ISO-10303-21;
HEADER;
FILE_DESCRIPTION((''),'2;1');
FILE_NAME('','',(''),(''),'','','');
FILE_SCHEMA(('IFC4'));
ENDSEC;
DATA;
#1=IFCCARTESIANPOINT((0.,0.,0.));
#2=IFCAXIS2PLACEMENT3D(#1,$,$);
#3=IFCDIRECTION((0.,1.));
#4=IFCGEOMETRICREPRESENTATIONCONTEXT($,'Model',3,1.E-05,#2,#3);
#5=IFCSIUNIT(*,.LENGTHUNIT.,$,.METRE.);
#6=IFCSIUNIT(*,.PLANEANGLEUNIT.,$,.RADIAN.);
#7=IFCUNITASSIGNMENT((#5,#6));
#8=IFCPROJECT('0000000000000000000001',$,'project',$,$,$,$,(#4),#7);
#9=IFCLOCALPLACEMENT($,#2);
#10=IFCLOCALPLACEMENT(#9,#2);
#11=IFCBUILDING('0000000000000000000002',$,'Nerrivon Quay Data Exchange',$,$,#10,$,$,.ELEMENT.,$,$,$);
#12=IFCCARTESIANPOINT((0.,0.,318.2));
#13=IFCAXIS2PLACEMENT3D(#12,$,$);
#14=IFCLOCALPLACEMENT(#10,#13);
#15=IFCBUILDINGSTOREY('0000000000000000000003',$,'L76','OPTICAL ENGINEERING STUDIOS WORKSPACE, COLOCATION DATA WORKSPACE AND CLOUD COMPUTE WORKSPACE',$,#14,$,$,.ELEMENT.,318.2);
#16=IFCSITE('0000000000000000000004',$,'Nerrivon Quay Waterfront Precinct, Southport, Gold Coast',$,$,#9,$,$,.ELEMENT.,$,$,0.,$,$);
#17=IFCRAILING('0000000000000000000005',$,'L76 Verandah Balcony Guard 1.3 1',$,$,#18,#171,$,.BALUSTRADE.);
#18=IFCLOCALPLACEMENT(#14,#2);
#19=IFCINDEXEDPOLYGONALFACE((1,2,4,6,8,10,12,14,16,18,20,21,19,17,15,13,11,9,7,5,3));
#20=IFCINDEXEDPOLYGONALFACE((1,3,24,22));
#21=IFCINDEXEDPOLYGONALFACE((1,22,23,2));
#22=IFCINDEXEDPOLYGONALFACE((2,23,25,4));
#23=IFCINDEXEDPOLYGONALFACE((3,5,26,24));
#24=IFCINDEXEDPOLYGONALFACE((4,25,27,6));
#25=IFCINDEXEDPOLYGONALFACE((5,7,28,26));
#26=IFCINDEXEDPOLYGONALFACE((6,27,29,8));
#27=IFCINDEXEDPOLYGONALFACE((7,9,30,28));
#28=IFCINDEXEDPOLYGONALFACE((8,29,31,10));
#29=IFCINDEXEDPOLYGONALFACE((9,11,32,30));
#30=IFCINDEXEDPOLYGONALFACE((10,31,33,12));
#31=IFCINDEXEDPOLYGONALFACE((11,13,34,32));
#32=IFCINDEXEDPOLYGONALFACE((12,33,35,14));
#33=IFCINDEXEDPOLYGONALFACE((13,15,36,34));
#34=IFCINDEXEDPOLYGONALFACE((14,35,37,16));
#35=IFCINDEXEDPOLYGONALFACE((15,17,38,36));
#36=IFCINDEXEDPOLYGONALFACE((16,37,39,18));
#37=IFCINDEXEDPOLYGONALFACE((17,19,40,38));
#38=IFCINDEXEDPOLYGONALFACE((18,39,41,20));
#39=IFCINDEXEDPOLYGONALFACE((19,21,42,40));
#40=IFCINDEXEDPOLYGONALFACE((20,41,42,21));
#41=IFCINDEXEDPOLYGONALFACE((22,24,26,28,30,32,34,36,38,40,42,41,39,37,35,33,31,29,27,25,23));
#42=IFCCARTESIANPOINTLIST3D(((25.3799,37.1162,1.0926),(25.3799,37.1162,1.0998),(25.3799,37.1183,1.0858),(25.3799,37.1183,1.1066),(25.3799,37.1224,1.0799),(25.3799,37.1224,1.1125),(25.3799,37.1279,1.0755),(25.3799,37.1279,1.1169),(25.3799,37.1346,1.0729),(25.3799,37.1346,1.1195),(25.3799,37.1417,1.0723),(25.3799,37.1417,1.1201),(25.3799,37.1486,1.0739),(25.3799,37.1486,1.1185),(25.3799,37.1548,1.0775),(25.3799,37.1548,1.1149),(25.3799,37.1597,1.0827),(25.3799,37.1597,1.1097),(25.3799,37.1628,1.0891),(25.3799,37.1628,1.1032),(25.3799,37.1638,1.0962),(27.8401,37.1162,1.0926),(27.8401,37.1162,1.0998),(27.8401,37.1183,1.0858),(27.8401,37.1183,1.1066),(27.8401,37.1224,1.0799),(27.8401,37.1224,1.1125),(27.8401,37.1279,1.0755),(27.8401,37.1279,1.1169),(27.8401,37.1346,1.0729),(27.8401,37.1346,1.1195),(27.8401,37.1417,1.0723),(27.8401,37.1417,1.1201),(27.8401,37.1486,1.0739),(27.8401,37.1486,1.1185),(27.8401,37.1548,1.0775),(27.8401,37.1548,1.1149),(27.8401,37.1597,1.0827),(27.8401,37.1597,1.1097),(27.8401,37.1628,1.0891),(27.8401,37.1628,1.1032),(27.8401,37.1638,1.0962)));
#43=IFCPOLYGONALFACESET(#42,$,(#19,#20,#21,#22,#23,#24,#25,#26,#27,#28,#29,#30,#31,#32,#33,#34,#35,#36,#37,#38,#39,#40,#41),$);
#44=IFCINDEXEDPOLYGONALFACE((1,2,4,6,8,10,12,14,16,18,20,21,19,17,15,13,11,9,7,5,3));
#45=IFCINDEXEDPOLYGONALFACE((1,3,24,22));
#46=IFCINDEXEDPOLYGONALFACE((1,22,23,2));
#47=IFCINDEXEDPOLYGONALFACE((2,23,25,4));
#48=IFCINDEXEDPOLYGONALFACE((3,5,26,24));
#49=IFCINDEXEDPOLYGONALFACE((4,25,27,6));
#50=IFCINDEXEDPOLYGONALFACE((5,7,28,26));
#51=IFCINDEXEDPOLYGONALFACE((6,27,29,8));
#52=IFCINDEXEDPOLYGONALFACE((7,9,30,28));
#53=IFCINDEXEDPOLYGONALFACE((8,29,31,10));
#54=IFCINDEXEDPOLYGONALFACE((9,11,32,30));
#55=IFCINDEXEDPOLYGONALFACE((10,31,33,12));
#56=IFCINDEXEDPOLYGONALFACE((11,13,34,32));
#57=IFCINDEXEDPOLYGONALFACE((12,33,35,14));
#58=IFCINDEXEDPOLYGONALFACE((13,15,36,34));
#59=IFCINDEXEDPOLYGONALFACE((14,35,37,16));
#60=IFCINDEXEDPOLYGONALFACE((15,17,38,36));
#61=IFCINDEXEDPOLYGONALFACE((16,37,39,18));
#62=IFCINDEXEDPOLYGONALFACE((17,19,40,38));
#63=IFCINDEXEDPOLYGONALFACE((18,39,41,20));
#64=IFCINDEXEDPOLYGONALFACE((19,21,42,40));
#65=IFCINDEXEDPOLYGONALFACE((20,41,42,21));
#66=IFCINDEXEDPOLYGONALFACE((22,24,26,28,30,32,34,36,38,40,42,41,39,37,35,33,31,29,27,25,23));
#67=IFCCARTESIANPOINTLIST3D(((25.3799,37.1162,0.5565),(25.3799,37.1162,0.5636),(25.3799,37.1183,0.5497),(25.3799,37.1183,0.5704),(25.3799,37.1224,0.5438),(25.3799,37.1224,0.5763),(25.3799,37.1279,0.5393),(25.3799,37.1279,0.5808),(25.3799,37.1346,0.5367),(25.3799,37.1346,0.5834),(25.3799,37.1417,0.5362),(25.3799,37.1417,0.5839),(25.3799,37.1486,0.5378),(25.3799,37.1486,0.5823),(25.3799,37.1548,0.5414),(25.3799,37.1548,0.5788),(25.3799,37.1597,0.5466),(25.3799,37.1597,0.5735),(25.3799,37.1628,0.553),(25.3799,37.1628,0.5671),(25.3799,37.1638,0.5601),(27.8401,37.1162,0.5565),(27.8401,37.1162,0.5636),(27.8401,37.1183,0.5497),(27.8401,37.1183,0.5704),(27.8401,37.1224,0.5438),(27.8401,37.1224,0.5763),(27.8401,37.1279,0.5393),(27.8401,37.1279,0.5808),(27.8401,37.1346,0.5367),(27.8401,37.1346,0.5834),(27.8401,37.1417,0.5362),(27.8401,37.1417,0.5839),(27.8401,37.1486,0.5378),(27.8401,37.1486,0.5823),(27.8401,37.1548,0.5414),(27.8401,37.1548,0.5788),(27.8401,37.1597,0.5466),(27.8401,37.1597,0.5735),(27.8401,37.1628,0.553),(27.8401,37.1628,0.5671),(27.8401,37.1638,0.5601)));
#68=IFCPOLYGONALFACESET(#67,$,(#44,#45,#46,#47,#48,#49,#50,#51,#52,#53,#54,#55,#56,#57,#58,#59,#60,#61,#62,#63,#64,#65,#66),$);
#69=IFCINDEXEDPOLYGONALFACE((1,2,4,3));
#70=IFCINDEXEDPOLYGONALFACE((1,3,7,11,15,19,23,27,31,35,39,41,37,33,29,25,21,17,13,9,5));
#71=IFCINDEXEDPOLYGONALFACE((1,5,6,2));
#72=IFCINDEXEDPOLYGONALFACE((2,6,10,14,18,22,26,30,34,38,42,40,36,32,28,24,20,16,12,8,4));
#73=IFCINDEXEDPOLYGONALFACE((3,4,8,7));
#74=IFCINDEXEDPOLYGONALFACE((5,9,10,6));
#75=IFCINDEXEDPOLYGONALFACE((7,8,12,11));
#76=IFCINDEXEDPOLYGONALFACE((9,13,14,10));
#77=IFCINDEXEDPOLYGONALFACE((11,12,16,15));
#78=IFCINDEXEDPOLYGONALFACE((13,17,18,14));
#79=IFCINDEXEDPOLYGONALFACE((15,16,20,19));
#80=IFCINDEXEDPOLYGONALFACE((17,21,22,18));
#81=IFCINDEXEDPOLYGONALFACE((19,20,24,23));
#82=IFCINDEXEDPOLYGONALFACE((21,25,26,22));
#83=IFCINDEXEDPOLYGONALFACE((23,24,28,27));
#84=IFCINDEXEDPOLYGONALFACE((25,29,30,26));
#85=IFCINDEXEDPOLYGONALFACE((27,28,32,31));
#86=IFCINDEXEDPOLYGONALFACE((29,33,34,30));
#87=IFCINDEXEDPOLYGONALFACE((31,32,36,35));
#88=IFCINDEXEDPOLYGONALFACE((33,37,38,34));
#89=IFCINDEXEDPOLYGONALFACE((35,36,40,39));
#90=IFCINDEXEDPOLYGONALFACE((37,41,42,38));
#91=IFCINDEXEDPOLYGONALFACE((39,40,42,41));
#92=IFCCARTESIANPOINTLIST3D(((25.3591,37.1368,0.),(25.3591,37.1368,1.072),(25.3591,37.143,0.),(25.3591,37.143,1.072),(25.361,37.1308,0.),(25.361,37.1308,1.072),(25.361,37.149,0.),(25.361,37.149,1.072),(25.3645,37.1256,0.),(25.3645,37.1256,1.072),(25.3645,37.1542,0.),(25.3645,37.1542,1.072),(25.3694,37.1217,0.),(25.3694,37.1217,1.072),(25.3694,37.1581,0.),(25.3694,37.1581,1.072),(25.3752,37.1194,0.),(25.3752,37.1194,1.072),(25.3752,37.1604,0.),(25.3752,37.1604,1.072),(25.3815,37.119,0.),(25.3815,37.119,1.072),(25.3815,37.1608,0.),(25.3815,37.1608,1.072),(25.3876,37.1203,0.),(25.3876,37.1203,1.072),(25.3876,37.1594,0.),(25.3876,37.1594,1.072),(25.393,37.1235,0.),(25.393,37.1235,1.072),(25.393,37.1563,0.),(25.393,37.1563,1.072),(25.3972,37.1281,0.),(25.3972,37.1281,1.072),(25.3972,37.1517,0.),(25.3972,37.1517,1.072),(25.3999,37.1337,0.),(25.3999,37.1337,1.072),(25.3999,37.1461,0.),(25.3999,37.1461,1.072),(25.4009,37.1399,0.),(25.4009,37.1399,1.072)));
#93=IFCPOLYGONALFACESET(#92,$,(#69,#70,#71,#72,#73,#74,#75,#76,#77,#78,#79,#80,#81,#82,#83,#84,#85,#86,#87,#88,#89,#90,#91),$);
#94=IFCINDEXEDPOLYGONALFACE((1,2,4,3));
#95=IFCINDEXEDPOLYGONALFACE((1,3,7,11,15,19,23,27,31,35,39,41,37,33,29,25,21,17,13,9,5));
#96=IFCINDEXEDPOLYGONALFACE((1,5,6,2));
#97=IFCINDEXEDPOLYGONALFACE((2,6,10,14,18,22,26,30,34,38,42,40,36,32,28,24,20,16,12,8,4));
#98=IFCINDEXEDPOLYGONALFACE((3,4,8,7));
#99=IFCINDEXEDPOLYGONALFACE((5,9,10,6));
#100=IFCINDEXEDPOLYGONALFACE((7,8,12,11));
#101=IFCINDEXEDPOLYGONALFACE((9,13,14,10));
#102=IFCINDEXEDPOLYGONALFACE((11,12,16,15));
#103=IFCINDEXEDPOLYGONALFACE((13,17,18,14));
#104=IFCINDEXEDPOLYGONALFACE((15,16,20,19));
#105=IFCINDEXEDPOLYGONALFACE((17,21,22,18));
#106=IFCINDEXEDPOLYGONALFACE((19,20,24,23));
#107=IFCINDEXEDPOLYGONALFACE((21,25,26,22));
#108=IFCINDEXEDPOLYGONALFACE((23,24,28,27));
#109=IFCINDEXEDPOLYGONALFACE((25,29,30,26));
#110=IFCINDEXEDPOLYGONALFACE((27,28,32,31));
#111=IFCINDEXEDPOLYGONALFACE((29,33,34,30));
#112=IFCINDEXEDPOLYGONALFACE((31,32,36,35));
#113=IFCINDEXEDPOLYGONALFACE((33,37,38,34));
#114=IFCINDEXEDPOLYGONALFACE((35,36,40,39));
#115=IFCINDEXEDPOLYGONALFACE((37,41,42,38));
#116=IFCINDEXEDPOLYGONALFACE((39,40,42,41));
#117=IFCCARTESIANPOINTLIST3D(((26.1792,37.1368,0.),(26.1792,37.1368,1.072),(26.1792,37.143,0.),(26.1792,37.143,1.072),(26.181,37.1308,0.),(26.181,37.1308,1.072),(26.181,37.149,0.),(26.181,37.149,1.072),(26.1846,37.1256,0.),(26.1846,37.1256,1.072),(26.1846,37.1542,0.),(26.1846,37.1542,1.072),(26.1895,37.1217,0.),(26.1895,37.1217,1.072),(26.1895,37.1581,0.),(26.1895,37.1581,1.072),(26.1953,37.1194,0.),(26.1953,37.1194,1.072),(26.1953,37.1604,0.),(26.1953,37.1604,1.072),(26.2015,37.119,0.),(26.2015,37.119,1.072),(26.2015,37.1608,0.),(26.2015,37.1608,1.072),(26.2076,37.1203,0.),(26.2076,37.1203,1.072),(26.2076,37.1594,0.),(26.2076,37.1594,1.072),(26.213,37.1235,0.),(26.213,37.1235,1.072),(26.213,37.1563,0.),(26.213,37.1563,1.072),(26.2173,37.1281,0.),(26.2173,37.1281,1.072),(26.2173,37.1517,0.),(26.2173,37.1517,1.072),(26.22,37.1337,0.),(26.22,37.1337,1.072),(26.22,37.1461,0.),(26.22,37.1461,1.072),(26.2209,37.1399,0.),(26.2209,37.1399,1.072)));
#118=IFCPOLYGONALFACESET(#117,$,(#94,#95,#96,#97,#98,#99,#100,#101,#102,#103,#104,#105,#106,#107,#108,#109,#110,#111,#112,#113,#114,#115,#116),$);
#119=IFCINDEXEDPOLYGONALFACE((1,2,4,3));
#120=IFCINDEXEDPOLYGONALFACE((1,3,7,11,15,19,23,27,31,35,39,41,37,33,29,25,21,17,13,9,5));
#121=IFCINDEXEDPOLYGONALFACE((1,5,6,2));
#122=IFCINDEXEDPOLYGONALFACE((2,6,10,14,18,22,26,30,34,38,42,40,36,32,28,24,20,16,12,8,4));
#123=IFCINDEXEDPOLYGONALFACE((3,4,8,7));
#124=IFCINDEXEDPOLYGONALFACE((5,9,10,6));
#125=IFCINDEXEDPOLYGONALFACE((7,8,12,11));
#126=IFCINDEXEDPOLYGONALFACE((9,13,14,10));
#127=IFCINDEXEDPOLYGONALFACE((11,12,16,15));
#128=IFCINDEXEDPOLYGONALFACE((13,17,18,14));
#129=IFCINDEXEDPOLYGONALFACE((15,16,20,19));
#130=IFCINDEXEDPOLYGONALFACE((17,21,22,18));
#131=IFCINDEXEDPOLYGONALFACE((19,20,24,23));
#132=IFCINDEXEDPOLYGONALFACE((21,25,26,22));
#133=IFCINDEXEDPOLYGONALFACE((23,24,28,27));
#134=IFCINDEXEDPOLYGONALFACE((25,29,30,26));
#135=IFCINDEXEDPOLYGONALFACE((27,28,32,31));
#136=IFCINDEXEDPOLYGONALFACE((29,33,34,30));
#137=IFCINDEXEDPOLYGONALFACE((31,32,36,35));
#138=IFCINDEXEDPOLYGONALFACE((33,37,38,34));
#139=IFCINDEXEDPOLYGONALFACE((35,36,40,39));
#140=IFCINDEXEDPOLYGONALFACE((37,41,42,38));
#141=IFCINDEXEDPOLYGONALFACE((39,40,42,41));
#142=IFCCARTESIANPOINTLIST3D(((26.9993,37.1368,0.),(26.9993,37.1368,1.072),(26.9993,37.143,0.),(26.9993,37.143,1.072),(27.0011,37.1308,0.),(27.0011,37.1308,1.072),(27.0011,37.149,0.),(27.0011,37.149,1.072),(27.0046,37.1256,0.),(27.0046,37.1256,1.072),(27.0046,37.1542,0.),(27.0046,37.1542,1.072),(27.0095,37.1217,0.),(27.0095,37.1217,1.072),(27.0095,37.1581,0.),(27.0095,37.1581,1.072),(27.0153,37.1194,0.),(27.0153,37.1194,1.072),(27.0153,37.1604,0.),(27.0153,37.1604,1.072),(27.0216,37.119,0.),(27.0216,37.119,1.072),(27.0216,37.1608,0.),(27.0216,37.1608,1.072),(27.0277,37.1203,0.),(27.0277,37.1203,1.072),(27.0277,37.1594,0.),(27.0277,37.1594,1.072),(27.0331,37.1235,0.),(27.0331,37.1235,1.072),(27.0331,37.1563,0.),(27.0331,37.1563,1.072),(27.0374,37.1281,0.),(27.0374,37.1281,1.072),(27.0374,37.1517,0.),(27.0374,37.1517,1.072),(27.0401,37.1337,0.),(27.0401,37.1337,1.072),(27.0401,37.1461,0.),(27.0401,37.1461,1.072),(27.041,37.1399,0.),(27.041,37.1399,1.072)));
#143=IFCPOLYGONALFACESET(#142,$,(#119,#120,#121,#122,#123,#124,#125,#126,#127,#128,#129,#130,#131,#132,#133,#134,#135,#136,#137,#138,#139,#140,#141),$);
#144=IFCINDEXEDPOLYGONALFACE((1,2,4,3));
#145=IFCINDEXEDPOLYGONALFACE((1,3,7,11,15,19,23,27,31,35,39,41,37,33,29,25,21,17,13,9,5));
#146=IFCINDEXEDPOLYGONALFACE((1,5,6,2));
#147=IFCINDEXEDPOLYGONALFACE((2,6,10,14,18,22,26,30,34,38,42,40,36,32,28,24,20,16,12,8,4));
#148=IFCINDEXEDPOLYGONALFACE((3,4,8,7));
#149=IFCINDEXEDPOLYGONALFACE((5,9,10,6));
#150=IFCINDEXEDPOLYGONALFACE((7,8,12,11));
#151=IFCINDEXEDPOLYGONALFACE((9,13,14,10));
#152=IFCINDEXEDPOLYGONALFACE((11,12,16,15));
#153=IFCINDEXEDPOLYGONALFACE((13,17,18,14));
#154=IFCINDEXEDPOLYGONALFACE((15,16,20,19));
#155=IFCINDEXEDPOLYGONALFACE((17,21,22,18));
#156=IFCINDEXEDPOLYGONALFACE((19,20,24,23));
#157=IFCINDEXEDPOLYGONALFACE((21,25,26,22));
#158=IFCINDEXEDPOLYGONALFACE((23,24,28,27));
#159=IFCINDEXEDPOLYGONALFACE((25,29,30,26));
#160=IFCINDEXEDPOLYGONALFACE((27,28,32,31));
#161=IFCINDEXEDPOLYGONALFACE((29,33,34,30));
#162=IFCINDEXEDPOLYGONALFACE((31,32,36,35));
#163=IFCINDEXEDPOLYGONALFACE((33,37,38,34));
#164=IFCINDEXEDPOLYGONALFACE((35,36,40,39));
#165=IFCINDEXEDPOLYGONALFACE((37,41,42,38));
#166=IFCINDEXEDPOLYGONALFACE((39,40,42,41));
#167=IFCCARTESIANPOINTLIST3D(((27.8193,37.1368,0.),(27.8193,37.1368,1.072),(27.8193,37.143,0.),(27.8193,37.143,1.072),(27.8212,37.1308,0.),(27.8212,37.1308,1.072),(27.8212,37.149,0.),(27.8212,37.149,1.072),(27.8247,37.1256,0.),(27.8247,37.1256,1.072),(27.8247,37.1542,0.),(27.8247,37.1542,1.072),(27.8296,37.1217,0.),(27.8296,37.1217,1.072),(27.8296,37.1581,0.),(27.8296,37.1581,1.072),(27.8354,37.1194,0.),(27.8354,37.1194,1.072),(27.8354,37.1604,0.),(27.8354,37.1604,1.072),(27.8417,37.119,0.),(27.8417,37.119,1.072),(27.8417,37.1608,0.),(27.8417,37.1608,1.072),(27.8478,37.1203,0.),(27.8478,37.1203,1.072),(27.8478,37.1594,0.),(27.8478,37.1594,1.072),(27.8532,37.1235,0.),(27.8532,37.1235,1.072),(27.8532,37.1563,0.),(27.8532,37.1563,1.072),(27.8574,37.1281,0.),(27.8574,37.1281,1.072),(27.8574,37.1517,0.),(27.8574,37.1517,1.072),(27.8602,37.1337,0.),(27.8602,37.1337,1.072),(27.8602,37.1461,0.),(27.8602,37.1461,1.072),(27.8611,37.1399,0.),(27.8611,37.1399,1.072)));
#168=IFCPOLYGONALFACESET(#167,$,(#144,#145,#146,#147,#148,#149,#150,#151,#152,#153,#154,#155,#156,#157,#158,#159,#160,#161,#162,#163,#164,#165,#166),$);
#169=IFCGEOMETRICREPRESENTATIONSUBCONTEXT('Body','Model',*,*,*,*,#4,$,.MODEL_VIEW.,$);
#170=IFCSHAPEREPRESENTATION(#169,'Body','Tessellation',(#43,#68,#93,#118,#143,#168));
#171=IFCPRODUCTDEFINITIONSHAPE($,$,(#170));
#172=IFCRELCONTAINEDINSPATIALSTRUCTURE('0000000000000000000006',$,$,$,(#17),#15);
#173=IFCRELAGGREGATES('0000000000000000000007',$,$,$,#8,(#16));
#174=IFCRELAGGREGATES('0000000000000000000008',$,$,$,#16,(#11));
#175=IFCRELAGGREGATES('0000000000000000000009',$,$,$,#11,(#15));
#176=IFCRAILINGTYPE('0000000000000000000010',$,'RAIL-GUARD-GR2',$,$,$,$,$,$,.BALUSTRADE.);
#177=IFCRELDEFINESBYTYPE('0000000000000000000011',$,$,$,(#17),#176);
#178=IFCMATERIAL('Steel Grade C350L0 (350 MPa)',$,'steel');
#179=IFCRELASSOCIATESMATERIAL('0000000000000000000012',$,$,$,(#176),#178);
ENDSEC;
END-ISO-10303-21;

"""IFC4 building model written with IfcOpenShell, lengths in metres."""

from ifc_helpers import new_model, si_unit, direction, frame, origin, origin_2d, place, context, subcontext, project, spatial, circle, extrude, material, type_object, element, save


model = new_model("IFC4")

# Units and contexts
model_context = context("Model", 3, precision=1e-05, world=origin(), true_north=direction((0.0, 1.0)))
body_context = subcontext(model_context, "Body", "Model", "MODEL_VIEW")
ifc_project = project(units=[si_unit("LENGTHUNIT", "METRE"), si_unit("PLANEANGLEUNIT", "RADIAN")], contexts=[model_context])

# Site, building, storey
site_placement = place(None, origin())
site = spatial("IfcSite", under=ifc_project, at=site_placement, Name="Nerrivon Quay Waterfront Precinct, Southport, Gold Coast", CompositionType="ELEMENT", RefElevation=0.0)
building_placement = place(site_placement, origin())
building = spatial("IfcBuilding", under=site, at=building_placement, Name="Nerrivon Quay Data Exchange", CompositionType="ELEMENT")
storey_placement = place(building_placement, frame((0.0, 0.0, 318.2)))
storey = spatial("IfcBuildingStorey", under=building, at=storey_placement, Name="L76", Description="OPTICAL ENGINEERING STUDIOS WORKSPACE, COLOCATION DATA WORKSPACE AND CLOUD COMPUTE WORKSPACE", CompositionType="ELEMENT", Elevation=318.2)

# Railing
ifc_material_1 = material(Name="Steel Grade C350L0 (350 MPa)", Category="steel")
railing_type = type_object("IfcRailingType", Name="RAIL-GUARD-GR2", PredefinedType="BALUSTRADE", material=ifc_material_1)
railing_1_placement = place(storey_placement, frame((25.3799, 37.1399, 0.0)))
element("IfcRailing", 1, at=railing_1_placement, inside=storey, type_object=railing_type, Name="L76 Verandah Balcony Guard 1.3 1", PredefinedType="BALUSTRADE", context=body_context, shape_type="SweptSolid", body=[
    extrude(circle(Radius=0.0239, at=origin_2d()), frame((0.0, 0.0, 1.0962), z_axis=(1.0, 0.0, 0.0), x_axis=(0.0, 1.0, 0.0)), (0.0, 0.0, 1.0), 2.4602),
    extrude(circle(Radius=0.0239, at=origin_2d()), frame((0.0, 0.0, 0.5601), z_axis=(1.0, 0.0, 0.0), x_axis=(0.0, 1.0, 0.0)), (0.0, 0.0, 1.0), 2.4602),
    extrude(circle(Radius=0.021, at=origin_2d()), origin(), (0.0, 0.0, 1.0), 1.072),
    extrude(circle(Radius=0.021, at=origin_2d()), frame((0.8201, 0.0, 0.0)), (0.0, 0.0, 1.0), 1.072),
    extrude(circle(Radius=0.021, at=origin_2d()), frame((1.6401, 0.0, 0.0)), (0.0, 0.0, 1.0), 1.072),
    extrude(circle(Radius=0.021, at=origin_2d()), frame((2.4602, 0.0, 0.0)), (0.0, 0.0, 1.0), 1.072),
])

save(model, "model.ifc")
